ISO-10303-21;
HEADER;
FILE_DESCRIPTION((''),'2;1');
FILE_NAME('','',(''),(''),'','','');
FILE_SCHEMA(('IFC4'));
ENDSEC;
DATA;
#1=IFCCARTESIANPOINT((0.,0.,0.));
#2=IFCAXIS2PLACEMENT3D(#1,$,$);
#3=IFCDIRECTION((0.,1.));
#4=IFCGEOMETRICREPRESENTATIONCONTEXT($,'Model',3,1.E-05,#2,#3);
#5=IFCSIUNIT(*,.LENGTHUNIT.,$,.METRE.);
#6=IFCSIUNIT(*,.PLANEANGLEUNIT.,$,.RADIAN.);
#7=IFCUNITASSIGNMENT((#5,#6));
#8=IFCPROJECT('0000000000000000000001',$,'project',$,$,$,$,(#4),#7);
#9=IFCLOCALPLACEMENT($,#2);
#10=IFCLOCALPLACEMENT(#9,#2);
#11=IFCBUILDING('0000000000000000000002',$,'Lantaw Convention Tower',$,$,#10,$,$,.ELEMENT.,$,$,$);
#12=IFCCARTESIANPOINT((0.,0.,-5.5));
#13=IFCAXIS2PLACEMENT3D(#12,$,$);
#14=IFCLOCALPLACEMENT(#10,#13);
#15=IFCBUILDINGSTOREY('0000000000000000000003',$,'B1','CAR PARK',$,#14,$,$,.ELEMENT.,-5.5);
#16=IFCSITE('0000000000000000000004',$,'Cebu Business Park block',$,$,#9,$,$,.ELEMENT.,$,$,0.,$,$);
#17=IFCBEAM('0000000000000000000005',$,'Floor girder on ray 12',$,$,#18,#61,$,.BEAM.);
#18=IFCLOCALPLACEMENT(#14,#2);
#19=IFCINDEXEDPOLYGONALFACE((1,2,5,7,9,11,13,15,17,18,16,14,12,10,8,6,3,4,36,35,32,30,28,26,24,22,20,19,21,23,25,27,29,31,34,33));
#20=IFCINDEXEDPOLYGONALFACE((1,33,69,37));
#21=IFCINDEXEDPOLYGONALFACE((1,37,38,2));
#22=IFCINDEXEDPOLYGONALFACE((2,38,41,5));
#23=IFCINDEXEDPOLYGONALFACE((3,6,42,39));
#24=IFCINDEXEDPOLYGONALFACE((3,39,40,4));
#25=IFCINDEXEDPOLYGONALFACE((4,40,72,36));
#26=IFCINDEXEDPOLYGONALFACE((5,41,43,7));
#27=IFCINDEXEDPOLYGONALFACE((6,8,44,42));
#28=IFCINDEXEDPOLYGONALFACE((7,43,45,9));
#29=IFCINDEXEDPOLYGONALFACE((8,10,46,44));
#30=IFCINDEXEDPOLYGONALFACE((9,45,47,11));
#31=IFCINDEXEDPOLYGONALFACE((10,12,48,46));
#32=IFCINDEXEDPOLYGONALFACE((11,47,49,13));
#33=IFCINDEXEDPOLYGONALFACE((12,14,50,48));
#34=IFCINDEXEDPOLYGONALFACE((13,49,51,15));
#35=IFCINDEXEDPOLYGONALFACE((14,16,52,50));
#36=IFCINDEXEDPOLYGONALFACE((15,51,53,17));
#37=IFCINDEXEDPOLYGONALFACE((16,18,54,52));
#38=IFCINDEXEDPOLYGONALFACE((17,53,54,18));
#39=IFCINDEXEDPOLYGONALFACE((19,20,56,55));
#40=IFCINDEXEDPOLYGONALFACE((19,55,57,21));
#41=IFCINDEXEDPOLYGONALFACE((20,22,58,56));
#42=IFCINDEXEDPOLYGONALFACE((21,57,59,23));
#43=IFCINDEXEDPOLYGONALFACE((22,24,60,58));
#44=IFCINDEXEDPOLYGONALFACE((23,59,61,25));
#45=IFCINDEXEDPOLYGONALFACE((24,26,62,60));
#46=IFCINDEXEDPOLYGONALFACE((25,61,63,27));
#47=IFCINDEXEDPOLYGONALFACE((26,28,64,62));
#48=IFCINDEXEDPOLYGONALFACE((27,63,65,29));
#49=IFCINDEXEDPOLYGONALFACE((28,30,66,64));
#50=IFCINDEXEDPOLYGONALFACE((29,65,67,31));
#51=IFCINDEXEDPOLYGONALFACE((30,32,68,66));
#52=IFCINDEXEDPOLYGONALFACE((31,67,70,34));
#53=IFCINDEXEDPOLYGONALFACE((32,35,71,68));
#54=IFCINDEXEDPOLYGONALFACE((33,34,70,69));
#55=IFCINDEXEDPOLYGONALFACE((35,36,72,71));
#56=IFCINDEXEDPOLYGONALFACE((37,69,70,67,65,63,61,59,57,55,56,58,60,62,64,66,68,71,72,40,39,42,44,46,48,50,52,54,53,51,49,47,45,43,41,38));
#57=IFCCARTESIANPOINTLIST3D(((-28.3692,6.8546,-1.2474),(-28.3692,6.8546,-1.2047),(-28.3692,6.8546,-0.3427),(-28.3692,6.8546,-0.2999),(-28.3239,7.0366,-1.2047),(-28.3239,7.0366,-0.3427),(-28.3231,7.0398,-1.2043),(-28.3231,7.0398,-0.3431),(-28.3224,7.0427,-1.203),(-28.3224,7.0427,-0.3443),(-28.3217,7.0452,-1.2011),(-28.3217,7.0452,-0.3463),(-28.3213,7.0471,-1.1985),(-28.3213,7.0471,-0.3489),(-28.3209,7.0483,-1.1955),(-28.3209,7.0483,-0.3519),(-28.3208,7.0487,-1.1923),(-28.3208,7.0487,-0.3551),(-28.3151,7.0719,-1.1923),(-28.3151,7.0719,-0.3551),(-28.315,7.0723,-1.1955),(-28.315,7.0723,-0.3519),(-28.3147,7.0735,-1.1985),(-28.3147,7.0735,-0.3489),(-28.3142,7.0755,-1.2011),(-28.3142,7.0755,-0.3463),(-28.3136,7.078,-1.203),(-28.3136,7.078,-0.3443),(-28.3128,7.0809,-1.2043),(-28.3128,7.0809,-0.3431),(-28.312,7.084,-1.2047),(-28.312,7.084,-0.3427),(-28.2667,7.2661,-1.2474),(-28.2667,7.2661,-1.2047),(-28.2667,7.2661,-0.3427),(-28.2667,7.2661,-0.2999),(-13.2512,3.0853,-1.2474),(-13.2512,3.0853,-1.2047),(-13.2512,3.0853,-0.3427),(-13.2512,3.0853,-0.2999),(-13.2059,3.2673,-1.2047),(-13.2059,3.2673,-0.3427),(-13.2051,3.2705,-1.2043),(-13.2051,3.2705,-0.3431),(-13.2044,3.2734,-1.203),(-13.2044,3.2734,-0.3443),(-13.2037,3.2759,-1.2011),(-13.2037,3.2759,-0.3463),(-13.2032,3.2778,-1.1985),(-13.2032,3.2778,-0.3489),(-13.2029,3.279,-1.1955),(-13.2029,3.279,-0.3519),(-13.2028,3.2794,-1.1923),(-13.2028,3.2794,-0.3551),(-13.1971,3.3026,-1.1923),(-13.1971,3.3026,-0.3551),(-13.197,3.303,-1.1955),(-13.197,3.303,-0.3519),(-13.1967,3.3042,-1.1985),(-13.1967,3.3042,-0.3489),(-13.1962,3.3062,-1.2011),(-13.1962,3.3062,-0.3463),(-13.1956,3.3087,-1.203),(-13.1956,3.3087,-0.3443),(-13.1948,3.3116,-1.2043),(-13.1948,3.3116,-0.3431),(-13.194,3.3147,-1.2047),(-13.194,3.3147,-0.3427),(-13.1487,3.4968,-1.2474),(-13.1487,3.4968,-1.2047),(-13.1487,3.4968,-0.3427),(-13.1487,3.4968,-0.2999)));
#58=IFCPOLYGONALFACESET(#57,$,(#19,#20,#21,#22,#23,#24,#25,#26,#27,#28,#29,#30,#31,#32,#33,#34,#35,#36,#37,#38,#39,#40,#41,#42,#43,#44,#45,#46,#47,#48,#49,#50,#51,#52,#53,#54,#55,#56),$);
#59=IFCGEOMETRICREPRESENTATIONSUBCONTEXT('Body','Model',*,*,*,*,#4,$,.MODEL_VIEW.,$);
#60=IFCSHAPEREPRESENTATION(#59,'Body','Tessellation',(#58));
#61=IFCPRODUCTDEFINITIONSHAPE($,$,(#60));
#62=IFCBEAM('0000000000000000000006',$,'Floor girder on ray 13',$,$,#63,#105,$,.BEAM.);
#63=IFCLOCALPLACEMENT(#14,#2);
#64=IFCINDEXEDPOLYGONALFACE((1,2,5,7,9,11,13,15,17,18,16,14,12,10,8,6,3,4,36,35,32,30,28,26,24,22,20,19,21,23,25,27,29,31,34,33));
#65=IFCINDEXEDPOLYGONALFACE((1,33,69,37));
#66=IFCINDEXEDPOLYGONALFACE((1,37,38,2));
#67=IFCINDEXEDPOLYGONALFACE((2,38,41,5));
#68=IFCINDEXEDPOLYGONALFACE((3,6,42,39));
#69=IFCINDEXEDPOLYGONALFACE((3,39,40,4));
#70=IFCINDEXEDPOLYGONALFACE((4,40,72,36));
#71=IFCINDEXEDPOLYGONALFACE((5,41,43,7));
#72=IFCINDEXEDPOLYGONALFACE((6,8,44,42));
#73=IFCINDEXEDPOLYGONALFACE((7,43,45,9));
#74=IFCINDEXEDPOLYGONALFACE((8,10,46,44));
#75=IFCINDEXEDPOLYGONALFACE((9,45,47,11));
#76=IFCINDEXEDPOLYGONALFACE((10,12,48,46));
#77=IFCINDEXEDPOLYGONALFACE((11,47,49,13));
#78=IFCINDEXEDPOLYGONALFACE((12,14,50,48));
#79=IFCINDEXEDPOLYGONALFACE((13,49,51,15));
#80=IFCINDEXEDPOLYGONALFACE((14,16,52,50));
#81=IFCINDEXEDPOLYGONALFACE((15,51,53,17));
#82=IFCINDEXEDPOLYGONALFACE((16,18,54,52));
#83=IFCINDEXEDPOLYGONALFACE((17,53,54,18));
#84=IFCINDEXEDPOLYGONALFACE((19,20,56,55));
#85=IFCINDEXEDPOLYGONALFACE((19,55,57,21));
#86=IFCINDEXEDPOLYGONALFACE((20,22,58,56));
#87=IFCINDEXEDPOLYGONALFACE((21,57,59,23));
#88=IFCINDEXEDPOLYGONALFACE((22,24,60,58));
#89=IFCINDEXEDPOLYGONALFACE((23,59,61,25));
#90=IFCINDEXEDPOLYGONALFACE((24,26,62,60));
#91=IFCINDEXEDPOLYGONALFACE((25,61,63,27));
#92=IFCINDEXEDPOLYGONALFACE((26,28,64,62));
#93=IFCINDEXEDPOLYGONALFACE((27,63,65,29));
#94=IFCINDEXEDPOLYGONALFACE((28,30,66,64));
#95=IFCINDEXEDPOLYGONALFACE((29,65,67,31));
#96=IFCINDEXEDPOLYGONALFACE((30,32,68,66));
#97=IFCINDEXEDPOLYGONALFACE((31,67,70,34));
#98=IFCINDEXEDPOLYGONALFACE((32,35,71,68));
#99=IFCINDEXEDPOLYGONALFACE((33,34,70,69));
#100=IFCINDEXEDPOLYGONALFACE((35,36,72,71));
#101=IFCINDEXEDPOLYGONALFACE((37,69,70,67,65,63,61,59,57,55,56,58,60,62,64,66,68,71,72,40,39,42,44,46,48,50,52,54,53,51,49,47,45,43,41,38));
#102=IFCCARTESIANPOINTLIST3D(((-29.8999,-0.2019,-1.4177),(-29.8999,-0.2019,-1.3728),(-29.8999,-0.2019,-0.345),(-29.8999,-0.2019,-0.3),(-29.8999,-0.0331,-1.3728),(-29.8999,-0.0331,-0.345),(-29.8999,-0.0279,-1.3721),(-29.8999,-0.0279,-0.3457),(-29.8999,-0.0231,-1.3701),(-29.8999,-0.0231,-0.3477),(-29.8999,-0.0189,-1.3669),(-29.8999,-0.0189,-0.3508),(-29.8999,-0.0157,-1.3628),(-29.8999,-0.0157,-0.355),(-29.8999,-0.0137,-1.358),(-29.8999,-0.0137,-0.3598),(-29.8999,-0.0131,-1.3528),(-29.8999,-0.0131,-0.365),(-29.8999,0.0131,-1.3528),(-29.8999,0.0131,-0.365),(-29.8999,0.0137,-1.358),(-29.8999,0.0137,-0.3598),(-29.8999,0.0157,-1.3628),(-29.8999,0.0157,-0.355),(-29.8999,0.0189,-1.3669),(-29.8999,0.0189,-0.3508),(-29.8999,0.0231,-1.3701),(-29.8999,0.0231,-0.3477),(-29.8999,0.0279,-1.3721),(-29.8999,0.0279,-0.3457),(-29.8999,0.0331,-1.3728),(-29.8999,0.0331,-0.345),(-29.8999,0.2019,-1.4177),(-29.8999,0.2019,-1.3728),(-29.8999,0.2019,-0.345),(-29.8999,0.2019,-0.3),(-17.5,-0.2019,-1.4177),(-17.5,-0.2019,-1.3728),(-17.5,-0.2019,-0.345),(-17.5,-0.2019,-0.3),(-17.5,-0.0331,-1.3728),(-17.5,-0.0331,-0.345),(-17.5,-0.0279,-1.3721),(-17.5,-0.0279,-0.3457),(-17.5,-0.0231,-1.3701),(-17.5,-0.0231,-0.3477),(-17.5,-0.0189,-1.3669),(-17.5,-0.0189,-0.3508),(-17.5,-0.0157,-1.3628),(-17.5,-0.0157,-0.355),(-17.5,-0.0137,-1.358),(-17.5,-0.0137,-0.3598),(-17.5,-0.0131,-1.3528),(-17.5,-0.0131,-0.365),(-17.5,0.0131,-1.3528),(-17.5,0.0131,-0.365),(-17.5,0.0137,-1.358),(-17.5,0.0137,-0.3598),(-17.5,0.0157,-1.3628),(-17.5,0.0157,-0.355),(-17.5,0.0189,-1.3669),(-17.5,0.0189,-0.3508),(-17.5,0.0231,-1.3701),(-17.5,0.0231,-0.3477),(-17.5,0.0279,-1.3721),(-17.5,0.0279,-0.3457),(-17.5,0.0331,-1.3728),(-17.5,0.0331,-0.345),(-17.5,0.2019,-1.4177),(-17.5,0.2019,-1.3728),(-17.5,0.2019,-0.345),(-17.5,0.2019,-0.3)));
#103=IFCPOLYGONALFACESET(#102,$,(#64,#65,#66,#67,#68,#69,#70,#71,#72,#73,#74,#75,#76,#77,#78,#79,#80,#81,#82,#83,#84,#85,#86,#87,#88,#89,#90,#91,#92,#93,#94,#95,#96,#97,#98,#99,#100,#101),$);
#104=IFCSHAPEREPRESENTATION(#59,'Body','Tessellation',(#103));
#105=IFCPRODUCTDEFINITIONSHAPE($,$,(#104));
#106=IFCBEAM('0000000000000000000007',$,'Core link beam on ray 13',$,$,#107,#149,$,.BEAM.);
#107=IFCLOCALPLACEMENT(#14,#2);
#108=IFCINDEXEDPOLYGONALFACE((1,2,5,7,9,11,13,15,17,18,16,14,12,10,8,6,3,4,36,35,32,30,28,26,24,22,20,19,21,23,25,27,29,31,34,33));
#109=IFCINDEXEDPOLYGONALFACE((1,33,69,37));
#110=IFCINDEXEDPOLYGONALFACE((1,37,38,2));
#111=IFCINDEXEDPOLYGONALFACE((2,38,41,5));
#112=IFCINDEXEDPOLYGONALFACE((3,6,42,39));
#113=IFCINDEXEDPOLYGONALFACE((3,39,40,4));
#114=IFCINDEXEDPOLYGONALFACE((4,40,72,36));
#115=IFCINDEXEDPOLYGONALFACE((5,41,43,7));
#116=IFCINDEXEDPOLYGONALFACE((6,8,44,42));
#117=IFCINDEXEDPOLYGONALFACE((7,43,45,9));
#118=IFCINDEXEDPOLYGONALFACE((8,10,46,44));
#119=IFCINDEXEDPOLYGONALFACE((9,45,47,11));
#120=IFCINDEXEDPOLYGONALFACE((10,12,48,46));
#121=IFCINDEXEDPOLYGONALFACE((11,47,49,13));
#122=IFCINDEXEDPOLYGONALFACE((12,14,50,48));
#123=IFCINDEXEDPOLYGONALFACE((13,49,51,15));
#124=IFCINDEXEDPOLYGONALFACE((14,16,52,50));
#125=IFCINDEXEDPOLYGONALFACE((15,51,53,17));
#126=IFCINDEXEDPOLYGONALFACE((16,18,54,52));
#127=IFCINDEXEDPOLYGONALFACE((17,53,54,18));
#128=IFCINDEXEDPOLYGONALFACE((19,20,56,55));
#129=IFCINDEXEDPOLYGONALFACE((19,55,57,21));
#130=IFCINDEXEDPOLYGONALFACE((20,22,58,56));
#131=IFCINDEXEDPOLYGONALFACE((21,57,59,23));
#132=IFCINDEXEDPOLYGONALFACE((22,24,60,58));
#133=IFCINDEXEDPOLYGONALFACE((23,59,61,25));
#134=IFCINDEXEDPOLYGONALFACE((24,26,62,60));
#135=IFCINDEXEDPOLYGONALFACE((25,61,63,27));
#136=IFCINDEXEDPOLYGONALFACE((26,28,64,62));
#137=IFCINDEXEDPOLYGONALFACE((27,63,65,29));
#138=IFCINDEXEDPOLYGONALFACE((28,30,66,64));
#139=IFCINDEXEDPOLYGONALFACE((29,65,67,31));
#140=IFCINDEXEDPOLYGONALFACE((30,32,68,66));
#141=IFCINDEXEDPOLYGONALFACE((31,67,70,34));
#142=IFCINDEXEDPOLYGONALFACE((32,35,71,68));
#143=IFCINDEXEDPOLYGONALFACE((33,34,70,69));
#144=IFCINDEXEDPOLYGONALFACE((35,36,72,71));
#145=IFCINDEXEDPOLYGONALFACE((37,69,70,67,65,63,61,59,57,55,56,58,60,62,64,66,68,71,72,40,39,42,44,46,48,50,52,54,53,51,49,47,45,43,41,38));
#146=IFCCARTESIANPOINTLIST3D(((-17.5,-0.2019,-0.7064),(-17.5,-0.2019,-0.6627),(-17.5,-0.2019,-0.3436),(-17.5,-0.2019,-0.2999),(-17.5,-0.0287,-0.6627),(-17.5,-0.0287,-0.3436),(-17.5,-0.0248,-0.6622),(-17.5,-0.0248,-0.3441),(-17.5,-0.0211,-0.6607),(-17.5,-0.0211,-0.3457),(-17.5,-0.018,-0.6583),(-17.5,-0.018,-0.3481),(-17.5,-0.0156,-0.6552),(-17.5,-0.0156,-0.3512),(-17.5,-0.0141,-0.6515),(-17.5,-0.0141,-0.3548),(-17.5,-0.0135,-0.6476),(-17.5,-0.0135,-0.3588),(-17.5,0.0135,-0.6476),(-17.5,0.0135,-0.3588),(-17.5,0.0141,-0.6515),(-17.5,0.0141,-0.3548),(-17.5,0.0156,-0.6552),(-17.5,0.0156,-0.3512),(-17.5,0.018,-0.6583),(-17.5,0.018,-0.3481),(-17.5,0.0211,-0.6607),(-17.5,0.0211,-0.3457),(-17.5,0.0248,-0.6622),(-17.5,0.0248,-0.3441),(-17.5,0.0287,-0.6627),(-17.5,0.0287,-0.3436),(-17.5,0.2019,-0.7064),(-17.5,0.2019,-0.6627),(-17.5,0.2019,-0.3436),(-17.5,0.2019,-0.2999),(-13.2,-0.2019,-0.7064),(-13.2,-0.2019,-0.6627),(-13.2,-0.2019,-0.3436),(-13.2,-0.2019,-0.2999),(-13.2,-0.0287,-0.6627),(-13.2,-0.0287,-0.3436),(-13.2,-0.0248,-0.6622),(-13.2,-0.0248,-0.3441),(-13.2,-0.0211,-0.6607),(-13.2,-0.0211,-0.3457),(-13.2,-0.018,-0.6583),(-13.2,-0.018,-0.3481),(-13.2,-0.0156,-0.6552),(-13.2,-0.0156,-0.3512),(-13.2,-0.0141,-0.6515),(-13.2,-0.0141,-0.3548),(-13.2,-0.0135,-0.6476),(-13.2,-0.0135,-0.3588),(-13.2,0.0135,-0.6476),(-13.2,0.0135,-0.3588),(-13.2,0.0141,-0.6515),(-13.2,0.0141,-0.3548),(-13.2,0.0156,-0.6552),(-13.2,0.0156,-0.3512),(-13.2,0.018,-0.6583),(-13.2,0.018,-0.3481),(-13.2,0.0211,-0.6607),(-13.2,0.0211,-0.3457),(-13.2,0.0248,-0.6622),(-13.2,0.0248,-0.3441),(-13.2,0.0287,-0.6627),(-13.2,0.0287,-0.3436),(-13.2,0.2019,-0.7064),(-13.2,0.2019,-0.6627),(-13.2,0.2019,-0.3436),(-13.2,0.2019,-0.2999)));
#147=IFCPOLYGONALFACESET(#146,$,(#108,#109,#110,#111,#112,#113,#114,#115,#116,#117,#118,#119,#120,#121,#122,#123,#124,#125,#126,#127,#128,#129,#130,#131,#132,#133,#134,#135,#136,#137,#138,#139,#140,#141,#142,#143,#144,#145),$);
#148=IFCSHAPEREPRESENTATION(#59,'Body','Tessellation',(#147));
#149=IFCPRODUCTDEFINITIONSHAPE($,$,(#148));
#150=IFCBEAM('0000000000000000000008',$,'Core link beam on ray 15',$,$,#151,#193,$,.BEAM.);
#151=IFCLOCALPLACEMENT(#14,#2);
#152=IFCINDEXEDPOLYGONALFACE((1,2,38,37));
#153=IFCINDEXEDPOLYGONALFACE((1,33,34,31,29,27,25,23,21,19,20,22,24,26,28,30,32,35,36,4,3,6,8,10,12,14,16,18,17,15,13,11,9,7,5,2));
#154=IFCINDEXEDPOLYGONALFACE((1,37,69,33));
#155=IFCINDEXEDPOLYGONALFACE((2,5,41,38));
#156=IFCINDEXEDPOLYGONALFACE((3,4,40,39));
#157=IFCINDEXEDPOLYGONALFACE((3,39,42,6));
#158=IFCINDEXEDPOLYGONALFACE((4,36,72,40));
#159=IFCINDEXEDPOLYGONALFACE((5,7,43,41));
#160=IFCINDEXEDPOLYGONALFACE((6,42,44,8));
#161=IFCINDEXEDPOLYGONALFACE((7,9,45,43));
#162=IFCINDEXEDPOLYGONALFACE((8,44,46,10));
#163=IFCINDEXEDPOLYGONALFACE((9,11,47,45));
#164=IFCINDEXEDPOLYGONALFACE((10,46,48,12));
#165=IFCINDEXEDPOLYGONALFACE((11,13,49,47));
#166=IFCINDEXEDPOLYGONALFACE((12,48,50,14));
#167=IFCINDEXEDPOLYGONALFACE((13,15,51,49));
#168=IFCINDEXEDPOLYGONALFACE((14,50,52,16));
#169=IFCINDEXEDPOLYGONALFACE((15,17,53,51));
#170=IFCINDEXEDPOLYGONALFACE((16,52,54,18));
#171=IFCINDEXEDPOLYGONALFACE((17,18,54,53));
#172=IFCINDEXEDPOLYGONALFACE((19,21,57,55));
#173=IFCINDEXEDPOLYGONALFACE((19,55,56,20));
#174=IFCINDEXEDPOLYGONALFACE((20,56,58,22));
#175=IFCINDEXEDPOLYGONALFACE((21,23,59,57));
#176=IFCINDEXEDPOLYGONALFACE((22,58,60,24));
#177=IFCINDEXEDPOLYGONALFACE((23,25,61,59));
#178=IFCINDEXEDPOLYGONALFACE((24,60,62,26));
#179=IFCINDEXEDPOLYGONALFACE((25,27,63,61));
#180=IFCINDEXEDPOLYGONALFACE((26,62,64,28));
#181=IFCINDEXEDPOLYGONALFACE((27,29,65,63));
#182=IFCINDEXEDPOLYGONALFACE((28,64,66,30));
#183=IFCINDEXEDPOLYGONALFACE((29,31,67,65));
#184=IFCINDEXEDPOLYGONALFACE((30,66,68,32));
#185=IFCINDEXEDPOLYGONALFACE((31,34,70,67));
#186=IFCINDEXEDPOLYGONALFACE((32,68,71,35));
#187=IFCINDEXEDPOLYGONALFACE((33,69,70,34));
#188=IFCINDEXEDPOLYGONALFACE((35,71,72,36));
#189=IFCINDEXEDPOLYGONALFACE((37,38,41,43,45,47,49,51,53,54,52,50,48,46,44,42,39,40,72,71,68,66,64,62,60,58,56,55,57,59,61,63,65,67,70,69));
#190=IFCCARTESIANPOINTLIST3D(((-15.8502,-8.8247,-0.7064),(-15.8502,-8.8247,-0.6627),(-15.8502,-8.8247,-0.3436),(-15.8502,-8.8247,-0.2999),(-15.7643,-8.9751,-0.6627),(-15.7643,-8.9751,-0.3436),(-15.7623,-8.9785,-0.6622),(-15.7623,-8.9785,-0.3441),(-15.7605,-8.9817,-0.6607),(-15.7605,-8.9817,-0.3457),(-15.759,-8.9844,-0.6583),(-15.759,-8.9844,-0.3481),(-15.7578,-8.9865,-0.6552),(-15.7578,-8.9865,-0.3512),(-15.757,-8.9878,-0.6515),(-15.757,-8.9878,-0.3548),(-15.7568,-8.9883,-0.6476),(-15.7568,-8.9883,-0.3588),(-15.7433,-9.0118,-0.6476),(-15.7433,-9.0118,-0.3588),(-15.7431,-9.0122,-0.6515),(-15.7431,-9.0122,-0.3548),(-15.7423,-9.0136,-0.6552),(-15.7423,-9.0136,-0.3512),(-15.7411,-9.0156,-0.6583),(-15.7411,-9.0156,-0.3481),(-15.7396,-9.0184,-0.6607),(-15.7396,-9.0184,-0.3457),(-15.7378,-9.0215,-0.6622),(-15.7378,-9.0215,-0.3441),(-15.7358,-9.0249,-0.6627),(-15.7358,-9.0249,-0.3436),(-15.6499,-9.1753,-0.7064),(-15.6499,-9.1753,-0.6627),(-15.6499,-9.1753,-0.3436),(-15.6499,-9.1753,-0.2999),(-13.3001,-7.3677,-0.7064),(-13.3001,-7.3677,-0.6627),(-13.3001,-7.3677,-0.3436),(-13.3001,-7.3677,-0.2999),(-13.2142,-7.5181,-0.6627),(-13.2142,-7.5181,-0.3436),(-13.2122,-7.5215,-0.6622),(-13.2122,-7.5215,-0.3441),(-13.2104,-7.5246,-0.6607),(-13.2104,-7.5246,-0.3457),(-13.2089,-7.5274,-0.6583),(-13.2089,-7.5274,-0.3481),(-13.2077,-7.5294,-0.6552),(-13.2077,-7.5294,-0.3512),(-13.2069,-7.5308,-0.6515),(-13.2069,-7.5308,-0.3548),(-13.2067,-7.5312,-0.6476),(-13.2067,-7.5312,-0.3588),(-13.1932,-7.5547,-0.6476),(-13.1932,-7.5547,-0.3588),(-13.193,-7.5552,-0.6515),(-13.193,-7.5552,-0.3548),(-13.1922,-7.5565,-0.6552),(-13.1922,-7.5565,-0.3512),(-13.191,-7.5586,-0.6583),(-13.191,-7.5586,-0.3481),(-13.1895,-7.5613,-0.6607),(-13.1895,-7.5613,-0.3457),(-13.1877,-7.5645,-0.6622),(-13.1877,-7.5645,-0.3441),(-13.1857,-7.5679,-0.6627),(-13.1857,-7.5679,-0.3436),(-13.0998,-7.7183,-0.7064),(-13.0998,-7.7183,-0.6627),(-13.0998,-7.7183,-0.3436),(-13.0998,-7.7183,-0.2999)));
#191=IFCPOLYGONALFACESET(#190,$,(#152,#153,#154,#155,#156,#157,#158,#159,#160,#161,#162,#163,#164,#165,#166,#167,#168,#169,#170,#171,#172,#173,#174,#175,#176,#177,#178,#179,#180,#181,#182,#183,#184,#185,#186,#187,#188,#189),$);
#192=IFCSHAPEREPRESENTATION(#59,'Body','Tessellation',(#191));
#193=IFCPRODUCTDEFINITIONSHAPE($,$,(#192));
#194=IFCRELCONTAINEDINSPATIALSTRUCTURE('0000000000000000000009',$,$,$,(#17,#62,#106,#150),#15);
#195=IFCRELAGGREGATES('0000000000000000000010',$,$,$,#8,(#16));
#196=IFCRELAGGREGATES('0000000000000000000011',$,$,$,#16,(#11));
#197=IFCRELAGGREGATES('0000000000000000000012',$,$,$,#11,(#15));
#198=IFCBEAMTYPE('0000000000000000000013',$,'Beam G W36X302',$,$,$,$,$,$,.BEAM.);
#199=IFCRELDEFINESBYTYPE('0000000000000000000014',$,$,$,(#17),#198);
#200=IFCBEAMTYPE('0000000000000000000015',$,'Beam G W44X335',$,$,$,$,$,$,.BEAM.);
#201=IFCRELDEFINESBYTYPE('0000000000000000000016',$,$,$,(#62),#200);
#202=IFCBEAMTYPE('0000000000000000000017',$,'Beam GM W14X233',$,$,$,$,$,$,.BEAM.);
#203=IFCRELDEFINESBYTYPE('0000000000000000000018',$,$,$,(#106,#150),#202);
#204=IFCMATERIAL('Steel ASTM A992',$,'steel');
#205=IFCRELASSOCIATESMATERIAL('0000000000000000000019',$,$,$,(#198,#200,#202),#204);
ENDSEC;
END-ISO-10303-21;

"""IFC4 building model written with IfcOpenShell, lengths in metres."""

from ifc_helpers import new_model, si_unit, direction, frame, origin, origin_2d, place, context, subcontext, project, spatial, i_section, extrude, material, material_profile, profile_set, type_object, element, save


model = new_model("IFC4")

# Units and contexts
model_context = context("Model", 3, precision=1e-05, world=origin(), true_north=direction((0.0, 1.0)))
body_context = subcontext(model_context, "Body", "Model", "MODEL_VIEW")
ifc_project = project(units=[si_unit("LENGTHUNIT", "METRE"), si_unit("PLANEANGLEUNIT", "RADIAN")], contexts=[model_context])

# Site, building, storey
site_placement = place(None, origin())
site = spatial("IfcSite", under=ifc_project, at=site_placement, Name="Cebu Business Park block", CompositionType="ELEMENT", RefElevation=0.0)
building_placement = place(site_placement, origin())
building = spatial("IfcBuilding", under=site, at=building_placement, Name="Lantaw Convention Tower", CompositionType="ELEMENT")
storey_placement = place(building_placement, frame((0.0, 0.0, -5.5)))
storey = spatial("IfcBuildingStorey", under=building, at=storey_placement, Name="B1", Description="CAR PARK", CompositionType="ELEMENT", Elevation=-5.5)

# Beams
ifc_material_1 = material(Name="Steel ASTM A992", Category="steel")
ifc_material_profile_1 = material_profile(ifc_material_1, i_section(OverallWidth=0.4241, OverallDepth=0.9475, WebThickness=0.0239, FlangeThickness=0.0427, FilletRadius=0.0125, at=origin_2d()), Name="W36X302")
ifc_profile_set_1 = profile_set([ifc_material_profile_1], Name="Steel ASTM A992")
beam_type_1 = type_object("IfcBeamType", Name="Beam G W36X302", PredefinedType="BEAM", material=ifc_profile_set_1)
beam_1_placement = place(storey_placement, frame((-13.2, 3.291, -0.7737), z_axis=(-0.970296, 0.24192, 0.0), x_axis=(-0.24192, -0.970296, 0.0)))
element("IfcBeam", 1, at=beam_1_placement, inside=storey, type_object=beam_type_1, Name="Floor girder on ray 12", PredefinedType="BEAM", context=body_context, shape_type="SweptSolid", body=[
    extrude(i_section(OverallWidth=0.4241, OverallDepth=0.9475, WebThickness=0.0239, FlangeThickness=0.0427, FilletRadius=0.0125, at=origin_2d()), origin(), (0.0, 0.0, 1.0), 15.5808),
])
ifc_material_profile_2 = material_profile(ifc_material_1, i_section(OverallWidth=0.4038, OverallDepth=1.1177, WebThickness=0.0261, FlangeThickness=0.0449, FilletRadius=0.02, at=origin_2d()), Name="W44X335")
ifc_profile_set_2 = profile_set([ifc_material_profile_2], Name="Steel ASTM A992")
beam_type_2 = type_object("IfcBeamType", Name="Beam G W44X335", PredefinedType="BEAM", material=ifc_profile_set_2)
beam_2_placement = place(storey_placement, frame((-17.5, 0.0, -0.8589), z_axis=(-1.0, 0.0, 0.0), x_axis=(0.0, -1.0, 0.0)))
element("IfcBeam", 2, at=beam_2_placement, inside=storey, type_object=beam_type_2, Name="Floor girder on ray 13", PredefinedType="BEAM", context=body_context, shape_type="SweptSolid", body=[
    extrude(i_section(OverallWidth=0.4038, OverallDepth=1.1177, WebThickness=0.0261, FlangeThickness=0.0449, FilletRadius=0.02, at=origin_2d()), origin(), (0.0, 0.0, 1.0), 12.3999),
])
ifc_material_profile_3 = material_profile(ifc_material_1, i_section(OverallWidth=0.4038, OverallDepth=0.4065, WebThickness=0.0271, FlangeThickness=0.0437, FilletRadius=0.0151, at=origin_2d()), Name="W14X233")
ifc_profile_set_3 = profile_set([ifc_material_profile_3], Name="Steel ASTM A992")
beam_type_3 = type_object("IfcBeamType", Name="Beam GM W14X233", PredefinedType="BEAM", material=ifc_profile_set_3)
beam_3_placement = place(storey_placement, frame((-13.2, 0.0, -0.5032), z_axis=(-1.0, 0.0, 0.0), x_axis=(0.0, -1.0, 0.0)))
element("IfcBeam", 3, at=beam_3_placement, inside=storey, type_object=beam_type_3, Name="Core link beam on ray 13", PredefinedType="BEAM", context=body_context, shape_type="SweptSolid", body=[
    extrude(i_section(OverallWidth=0.4038, OverallDepth=0.4065, WebThickness=0.0271, FlangeThickness=0.0437, FilletRadius=0.0151, at=origin_2d()), origin(), (0.0, 0.0, 1.0), 4.3),
])
beam_4_placement = place(storey_placement, frame((-13.2, -7.543, -0.5032), z_axis=(-0.868264, -0.496103, 0.0), x_axis=(0.496103, -0.868264, 0.0)))
element("IfcBeam", 4, at=beam_4_placement, inside=storey, type_object=beam_type_3, Name="Core link beam on ray 15", PredefinedType="BEAM", context=body_context, shape_type="SweptSolid", body=[
    extrude(i_section(OverallWidth=0.4038, OverallDepth=0.4065, WebThickness=0.0271, FlangeThickness=0.0437, FilletRadius=0.0151, at=origin_2d()), origin(), (0.0, 0.0, 1.0), 2.937),
])

save(model, "model.ifc")
